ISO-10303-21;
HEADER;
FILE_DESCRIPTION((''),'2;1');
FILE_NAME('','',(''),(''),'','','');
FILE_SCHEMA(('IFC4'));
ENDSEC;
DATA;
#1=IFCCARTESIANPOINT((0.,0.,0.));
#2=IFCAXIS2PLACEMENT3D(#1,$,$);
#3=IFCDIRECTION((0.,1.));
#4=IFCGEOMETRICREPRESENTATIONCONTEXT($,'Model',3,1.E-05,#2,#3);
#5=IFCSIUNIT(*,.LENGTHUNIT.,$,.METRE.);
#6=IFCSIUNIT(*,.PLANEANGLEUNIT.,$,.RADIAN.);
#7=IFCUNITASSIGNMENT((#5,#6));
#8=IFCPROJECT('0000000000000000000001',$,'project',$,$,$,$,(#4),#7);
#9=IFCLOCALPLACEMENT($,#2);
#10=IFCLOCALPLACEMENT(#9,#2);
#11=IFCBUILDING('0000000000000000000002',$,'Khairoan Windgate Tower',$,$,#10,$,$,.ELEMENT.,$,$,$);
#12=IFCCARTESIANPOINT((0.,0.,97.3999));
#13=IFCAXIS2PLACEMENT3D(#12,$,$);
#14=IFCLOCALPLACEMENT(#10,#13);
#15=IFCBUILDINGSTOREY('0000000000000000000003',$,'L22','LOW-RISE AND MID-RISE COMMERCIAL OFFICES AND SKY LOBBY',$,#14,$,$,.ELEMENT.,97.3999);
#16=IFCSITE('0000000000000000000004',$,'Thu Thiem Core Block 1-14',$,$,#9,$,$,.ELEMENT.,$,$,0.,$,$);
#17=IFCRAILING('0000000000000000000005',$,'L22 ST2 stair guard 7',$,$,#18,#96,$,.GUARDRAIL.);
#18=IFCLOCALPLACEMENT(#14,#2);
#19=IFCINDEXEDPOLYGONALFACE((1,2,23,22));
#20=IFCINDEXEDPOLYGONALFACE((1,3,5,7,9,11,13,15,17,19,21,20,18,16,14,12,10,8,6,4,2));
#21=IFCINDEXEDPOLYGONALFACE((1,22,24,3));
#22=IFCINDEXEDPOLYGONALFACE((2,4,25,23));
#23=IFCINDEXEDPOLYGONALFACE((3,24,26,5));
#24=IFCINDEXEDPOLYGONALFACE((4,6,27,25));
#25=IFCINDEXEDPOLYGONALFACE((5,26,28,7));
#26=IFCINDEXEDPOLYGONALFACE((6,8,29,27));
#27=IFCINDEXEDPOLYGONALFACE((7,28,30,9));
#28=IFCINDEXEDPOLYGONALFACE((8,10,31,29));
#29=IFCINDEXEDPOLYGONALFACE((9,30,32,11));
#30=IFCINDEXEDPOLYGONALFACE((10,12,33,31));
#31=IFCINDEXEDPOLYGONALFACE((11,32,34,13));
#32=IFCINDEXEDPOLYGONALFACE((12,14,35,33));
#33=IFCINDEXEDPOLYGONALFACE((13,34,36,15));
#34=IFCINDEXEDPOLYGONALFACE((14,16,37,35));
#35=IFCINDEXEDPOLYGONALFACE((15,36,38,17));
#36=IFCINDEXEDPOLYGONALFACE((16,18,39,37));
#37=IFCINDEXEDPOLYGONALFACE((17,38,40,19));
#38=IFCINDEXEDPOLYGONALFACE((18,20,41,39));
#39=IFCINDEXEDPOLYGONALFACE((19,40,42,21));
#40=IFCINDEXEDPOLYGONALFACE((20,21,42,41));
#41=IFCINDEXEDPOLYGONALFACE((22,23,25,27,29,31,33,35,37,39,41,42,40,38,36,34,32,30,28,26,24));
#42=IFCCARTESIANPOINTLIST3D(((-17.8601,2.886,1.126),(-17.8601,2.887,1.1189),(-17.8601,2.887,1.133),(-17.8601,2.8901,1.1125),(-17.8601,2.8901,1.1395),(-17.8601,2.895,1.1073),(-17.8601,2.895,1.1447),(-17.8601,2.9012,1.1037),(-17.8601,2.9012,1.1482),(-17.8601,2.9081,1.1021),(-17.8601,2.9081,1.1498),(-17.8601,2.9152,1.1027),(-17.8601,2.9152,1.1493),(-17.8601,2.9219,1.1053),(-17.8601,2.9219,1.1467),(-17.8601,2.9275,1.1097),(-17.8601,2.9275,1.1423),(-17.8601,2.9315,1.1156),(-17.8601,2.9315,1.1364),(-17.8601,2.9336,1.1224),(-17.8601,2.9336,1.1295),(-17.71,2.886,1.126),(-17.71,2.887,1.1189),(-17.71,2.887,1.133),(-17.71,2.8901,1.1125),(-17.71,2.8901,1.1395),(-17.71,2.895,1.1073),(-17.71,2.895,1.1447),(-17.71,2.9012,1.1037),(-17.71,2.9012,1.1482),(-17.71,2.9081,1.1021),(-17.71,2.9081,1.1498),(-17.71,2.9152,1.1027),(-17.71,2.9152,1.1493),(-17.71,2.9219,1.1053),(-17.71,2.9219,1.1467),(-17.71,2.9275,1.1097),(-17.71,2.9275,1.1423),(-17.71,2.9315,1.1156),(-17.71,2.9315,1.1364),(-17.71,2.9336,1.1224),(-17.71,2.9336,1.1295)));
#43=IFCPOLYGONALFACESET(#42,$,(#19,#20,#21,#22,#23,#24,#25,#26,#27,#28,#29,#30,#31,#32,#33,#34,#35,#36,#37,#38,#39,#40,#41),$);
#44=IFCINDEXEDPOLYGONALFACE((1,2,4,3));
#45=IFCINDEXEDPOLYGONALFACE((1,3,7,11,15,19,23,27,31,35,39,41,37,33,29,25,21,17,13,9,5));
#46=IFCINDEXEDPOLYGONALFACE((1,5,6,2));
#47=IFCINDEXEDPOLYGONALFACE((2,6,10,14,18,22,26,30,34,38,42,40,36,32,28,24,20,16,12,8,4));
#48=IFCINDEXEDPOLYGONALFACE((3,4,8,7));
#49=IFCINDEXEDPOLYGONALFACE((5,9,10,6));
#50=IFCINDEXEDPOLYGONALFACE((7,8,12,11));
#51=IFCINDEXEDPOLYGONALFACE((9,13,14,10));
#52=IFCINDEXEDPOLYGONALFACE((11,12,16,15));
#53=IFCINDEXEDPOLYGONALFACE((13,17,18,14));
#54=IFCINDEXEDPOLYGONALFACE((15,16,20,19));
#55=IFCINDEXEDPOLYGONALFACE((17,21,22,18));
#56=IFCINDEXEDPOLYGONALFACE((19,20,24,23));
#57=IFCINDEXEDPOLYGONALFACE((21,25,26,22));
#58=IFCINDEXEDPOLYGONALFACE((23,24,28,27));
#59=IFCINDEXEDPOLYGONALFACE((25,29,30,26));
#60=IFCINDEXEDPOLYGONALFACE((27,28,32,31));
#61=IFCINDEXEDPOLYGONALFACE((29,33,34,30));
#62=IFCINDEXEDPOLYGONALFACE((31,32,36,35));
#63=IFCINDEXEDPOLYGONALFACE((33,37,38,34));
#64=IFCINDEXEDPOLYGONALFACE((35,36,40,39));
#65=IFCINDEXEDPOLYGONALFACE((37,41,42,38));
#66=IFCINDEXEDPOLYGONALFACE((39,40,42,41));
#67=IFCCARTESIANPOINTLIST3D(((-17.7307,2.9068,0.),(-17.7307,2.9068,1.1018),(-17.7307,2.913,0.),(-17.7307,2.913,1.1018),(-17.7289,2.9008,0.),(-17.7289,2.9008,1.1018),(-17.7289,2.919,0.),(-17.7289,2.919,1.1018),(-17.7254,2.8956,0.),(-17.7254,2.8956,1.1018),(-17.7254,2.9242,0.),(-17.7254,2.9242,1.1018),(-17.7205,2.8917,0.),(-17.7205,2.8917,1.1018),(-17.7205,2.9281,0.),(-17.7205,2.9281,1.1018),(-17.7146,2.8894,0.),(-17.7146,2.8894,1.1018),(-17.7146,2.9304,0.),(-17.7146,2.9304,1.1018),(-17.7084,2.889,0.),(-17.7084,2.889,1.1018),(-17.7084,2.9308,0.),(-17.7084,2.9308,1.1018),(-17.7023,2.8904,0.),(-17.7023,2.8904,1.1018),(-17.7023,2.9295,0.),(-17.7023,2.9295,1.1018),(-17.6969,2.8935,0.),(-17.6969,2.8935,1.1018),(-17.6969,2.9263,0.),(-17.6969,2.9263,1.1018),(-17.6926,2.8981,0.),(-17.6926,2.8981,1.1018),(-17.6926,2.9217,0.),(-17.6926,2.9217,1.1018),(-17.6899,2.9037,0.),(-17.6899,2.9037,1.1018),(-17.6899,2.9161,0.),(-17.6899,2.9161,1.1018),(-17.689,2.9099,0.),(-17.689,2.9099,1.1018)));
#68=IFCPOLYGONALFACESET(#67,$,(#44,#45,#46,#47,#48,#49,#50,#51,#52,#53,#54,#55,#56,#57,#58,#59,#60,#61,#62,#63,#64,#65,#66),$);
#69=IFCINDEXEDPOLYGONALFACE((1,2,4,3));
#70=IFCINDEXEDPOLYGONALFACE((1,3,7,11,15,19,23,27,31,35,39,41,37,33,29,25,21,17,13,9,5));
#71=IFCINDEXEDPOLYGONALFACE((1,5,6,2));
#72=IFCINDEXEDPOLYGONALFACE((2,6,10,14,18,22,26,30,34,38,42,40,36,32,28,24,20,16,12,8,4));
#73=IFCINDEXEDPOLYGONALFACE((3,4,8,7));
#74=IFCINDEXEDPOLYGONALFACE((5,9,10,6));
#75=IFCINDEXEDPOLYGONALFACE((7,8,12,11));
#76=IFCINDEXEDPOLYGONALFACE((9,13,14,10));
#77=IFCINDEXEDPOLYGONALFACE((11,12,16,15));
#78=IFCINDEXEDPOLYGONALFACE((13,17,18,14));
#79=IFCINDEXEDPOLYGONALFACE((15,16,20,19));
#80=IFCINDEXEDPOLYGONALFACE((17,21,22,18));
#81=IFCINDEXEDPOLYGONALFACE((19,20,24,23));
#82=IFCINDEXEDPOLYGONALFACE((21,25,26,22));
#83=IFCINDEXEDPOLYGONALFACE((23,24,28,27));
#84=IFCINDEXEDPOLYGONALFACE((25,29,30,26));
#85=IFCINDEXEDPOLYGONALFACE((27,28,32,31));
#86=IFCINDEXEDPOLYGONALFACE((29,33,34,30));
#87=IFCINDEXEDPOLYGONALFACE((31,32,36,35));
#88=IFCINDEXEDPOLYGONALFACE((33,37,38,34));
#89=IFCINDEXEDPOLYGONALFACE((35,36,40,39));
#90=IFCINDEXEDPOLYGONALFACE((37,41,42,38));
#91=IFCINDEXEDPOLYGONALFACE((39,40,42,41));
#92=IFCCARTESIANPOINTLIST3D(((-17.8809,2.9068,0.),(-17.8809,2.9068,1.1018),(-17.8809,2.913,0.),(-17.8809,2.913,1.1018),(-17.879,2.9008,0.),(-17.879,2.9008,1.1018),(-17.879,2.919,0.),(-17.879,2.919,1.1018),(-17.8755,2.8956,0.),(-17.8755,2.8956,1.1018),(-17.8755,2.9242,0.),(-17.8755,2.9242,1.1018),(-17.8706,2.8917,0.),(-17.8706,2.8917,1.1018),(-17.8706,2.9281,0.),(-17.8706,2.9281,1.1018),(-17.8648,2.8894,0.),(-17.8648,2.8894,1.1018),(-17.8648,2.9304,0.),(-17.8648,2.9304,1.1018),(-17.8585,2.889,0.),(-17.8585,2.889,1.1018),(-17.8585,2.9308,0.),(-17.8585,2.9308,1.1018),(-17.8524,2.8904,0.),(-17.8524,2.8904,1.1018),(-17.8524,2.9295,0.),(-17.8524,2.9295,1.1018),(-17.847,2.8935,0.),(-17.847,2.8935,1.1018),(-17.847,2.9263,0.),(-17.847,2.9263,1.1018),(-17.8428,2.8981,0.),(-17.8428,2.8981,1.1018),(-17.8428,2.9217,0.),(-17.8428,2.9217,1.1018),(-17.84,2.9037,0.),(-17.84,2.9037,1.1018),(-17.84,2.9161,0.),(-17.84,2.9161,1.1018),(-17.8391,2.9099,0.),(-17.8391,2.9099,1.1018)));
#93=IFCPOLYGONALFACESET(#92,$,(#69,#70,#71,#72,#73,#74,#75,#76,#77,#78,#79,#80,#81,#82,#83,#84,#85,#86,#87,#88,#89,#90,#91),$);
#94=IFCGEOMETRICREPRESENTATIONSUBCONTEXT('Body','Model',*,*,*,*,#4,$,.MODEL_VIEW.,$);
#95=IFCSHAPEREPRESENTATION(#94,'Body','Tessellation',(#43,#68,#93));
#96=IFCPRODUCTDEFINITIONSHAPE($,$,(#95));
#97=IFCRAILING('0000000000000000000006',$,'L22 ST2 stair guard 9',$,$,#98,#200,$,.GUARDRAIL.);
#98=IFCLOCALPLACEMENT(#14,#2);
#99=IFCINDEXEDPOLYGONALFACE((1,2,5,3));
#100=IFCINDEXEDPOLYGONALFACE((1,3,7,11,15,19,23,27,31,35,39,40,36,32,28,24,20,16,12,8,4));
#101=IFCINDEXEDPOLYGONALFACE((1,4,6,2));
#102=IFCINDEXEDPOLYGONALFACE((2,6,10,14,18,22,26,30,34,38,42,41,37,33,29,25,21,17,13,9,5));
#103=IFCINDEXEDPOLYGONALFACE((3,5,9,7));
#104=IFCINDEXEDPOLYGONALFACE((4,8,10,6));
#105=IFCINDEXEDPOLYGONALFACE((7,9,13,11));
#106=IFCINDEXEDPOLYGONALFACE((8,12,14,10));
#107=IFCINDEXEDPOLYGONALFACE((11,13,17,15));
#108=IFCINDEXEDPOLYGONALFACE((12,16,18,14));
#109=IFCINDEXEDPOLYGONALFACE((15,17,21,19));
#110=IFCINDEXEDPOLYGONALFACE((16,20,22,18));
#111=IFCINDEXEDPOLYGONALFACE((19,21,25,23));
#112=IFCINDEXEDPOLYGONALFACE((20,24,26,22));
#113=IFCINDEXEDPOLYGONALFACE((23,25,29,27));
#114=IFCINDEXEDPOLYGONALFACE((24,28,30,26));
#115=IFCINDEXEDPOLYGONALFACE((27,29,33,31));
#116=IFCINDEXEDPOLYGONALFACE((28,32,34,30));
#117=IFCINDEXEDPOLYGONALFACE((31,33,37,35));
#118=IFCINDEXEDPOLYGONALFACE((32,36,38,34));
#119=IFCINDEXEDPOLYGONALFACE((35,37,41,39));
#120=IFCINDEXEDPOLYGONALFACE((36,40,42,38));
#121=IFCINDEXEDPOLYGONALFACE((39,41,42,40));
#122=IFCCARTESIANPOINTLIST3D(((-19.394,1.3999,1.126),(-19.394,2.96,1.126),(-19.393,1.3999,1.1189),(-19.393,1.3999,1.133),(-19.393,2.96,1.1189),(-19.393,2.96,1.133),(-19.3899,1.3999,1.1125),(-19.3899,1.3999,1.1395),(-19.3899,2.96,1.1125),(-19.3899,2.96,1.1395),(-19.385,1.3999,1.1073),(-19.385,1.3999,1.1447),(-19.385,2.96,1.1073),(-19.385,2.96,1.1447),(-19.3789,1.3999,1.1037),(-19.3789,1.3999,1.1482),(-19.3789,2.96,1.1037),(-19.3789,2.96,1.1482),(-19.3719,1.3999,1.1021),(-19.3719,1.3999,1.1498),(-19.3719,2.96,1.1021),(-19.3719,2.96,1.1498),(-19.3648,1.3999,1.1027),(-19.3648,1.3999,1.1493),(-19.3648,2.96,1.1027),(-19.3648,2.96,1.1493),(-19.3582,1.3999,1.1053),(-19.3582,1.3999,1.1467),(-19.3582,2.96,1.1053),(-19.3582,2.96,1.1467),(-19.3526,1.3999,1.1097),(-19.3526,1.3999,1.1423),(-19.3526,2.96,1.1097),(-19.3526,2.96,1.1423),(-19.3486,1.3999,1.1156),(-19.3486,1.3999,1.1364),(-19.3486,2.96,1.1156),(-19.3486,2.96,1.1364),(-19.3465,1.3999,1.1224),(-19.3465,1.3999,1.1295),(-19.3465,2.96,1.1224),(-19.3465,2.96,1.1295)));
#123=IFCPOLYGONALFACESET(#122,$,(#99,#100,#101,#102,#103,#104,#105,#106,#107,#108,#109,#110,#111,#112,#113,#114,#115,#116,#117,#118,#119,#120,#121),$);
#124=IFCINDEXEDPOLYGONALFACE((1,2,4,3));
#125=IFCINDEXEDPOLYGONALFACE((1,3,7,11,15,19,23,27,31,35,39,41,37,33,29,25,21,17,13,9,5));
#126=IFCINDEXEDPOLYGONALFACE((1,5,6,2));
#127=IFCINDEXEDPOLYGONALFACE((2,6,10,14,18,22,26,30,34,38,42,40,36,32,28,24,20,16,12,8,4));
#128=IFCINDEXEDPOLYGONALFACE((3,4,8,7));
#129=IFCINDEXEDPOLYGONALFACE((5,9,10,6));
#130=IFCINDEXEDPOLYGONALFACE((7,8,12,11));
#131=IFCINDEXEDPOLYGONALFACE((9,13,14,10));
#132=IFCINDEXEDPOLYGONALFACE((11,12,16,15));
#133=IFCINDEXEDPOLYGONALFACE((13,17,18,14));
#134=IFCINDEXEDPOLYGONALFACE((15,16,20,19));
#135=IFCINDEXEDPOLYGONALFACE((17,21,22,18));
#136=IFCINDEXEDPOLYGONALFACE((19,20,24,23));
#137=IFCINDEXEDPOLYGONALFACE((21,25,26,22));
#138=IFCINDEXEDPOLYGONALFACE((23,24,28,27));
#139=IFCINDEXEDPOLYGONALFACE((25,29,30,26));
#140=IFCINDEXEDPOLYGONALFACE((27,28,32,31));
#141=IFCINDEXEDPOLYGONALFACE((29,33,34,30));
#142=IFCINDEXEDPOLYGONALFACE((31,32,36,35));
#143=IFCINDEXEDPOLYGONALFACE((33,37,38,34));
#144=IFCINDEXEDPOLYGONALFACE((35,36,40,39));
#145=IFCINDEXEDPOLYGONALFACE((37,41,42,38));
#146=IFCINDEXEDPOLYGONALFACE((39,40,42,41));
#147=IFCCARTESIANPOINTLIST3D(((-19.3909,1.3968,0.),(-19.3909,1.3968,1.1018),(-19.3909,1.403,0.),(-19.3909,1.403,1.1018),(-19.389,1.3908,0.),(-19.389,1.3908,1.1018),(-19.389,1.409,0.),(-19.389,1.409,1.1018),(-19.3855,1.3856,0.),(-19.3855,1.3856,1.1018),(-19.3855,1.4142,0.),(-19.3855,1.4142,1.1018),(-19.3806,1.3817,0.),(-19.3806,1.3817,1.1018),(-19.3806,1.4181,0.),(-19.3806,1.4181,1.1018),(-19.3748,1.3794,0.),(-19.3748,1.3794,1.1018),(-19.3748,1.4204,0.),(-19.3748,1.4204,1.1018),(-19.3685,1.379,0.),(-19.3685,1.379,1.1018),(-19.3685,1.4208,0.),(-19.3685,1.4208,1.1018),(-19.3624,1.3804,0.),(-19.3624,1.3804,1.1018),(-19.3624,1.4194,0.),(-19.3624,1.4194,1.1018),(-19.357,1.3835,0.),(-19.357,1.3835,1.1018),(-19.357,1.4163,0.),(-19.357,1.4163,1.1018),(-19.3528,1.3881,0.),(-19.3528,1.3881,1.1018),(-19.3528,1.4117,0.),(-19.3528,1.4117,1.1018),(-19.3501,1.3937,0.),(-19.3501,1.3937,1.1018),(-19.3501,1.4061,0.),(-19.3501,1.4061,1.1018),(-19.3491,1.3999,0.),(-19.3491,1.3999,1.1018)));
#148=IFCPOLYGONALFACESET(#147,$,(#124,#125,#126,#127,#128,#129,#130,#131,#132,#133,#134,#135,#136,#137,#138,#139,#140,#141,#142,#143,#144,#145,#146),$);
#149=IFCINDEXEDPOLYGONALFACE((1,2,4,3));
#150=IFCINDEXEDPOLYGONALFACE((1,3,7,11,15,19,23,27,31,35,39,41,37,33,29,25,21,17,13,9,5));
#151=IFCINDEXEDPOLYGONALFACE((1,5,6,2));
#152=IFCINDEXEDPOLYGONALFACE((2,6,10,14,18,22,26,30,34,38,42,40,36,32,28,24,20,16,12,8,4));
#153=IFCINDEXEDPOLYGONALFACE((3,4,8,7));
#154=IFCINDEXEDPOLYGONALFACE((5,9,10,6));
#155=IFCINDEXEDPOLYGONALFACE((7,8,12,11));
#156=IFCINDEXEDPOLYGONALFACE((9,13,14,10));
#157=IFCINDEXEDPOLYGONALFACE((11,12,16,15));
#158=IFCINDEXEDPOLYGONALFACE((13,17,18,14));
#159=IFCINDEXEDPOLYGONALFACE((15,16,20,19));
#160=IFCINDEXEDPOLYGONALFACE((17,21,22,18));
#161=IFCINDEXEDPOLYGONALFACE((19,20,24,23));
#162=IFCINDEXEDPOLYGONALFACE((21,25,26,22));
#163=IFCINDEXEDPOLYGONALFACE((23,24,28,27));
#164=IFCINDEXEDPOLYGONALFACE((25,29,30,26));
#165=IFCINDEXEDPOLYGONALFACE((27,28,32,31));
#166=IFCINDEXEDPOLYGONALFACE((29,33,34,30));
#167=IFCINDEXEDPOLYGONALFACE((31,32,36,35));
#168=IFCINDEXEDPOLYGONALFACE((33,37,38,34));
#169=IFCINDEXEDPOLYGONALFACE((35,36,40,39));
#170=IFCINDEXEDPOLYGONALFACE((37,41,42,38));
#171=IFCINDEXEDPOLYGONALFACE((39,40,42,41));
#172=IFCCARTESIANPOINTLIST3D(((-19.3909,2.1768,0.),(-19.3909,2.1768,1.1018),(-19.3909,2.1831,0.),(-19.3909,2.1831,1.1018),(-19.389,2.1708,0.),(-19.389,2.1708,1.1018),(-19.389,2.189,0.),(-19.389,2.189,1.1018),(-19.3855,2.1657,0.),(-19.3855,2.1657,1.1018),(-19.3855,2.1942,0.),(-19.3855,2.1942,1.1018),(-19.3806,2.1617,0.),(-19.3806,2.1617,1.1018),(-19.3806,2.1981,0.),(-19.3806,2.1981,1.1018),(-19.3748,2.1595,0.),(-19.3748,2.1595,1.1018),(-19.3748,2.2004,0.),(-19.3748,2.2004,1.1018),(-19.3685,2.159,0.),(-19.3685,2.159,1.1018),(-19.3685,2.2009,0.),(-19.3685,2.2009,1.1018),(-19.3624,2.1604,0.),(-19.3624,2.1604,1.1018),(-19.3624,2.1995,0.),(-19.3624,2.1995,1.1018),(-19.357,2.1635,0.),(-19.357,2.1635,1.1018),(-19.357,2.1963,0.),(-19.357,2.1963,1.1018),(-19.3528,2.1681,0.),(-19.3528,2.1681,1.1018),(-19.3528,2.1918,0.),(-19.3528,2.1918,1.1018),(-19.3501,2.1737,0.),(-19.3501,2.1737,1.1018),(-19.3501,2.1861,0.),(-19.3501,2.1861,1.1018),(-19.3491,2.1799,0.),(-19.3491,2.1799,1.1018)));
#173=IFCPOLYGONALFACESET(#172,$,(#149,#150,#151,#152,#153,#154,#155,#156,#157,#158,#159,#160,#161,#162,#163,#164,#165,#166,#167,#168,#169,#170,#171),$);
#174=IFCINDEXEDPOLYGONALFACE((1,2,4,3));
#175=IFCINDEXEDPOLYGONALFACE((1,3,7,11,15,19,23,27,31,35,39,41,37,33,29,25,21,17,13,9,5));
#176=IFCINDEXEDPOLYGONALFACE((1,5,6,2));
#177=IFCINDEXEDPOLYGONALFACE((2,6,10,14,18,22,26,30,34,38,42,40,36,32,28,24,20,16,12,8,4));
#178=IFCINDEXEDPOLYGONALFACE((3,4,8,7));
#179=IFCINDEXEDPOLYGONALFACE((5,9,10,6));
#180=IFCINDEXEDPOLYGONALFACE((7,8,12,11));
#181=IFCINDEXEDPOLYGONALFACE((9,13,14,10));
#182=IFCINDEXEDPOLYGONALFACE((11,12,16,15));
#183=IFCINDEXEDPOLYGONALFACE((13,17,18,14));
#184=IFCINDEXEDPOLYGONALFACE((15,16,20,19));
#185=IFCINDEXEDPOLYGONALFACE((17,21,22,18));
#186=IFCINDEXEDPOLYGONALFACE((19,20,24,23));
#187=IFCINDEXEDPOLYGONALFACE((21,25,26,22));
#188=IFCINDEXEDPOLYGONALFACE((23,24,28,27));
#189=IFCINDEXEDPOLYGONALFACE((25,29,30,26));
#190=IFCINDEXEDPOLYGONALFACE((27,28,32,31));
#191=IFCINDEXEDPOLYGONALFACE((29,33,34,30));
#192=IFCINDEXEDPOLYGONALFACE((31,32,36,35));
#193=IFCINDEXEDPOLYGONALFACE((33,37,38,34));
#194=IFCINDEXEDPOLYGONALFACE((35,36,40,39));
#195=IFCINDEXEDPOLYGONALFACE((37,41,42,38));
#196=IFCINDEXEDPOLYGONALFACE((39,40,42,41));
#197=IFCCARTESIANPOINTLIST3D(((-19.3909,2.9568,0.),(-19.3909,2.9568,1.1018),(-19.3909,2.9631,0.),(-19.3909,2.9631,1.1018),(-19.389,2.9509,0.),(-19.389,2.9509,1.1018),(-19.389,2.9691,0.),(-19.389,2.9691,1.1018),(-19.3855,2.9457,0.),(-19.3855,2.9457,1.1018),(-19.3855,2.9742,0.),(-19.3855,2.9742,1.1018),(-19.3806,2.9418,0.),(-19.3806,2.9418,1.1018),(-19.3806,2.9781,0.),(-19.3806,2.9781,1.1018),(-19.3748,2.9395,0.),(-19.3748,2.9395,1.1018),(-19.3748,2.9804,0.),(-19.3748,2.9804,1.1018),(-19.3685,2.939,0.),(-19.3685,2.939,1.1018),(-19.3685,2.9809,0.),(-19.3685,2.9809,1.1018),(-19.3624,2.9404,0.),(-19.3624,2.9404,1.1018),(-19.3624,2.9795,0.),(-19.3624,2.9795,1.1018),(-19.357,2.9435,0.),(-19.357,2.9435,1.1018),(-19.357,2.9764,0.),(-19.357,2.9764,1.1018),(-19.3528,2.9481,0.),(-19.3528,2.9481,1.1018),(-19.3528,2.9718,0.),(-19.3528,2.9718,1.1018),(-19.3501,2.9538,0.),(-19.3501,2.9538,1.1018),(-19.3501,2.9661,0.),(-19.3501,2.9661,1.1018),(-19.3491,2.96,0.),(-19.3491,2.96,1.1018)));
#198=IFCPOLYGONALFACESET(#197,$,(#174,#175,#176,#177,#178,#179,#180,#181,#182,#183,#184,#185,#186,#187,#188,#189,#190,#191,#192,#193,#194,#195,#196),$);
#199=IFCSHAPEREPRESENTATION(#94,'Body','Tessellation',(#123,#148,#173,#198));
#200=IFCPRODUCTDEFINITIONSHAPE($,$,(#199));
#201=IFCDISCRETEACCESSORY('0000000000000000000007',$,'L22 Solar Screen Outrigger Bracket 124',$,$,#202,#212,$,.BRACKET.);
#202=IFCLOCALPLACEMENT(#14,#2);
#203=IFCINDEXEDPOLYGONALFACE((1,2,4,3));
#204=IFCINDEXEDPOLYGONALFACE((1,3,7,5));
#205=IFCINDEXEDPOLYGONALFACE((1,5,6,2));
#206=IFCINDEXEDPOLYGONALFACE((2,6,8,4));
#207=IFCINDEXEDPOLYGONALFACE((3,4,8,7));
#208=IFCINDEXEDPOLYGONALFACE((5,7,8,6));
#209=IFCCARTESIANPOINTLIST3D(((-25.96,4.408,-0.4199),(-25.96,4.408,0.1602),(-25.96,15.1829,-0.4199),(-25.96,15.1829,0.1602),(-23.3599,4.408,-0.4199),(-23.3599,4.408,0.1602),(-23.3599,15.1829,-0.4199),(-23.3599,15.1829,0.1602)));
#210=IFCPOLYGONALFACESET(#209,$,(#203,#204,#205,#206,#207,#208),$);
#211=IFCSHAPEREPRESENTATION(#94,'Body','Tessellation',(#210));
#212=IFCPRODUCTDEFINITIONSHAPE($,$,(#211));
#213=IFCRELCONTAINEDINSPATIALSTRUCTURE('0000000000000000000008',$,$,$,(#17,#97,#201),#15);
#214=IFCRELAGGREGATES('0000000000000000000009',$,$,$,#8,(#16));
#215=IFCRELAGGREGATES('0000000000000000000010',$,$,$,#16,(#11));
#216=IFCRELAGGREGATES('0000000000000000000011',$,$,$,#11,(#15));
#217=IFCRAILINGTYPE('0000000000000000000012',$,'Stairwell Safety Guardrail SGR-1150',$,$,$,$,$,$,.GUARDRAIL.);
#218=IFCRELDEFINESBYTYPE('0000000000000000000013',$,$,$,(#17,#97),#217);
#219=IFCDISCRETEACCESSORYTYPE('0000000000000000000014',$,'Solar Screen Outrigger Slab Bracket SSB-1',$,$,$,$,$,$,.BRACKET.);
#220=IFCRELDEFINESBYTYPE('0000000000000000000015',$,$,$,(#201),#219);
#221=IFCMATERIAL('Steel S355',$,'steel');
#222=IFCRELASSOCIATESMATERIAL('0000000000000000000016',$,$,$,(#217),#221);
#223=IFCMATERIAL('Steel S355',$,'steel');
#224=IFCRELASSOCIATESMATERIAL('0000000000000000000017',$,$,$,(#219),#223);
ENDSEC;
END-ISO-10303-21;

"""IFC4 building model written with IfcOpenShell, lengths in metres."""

from ifc_helpers import new_model, si_unit, direction, frame, origin, origin_2d, place, context, subcontext, project, spatial, rectangle, circle, extrude, material, type_object, element, save


model = new_model("IFC4")

# Units and contexts
model_context = context("Model", 3, precision=1e-05, world=origin(), true_north=direction((0.0, 1.0)))
body_context = subcontext(model_context, "Body", "Model", "MODEL_VIEW")
ifc_project = project(units=[si_unit("LENGTHUNIT", "METRE"), si_unit("PLANEANGLEUNIT", "RADIAN")], contexts=[model_context])

# Site, building, storey
site_placement = place(None, origin())
site = spatial("IfcSite", under=ifc_project, at=site_placement, Name="Thu Thiem Core Block 1-14", CompositionType="ELEMENT", RefElevation=0.0)
building_placement = place(site_placement, origin())
building = spatial("IfcBuilding", under=site, at=building_placement, Name="Khairoan Windgate Tower", CompositionType="ELEMENT")
storey_placement = place(building_placement, frame((0.0, 0.0, 97.3999)))
storey = spatial("IfcBuildingStorey", under=building, at=storey_placement, Name="L22", Description="LOW-RISE AND MID-RISE COMMERCIAL OFFICES AND SKY LOBBY", CompositionType="ELEMENT", Elevation=97.3999)

# Railings
ifc_material_1 = material(Name="Steel S355", Category="steel")
railing_type_1 = type_object("IfcRailingType", Name="Stairwell Safety Guardrail SGR-1150", PredefinedType="GUARDRAIL", material=ifc_material_1)
railing_1_placement = place(storey_placement, frame((-17.71, 2.9099, 0.0)))
element("IfcRailing", 1, at=railing_1_placement, inside=storey, type_object=railing_type_1, Name="L22 ST2 stair guard 7", PredefinedType="GUARDRAIL", context=body_context, shape_type="SweptSolid", body=[
    extrude(circle(Radius=0.0239, at=origin_2d()), frame((0.0, 0.0, 1.126), z_axis=(-1.0, 0.0, 0.0), x_axis=(0.0, -1.0, 0.0)), (0.0, 0.0, 1.0), 0.1501),
    extrude(circle(Radius=0.021, at=origin_2d()), origin(), (0.0, 0.0, 1.0), 1.1018),
    extrude(circle(Radius=0.021, at=origin_2d()), frame((-0.1501, 0.0, 0.0)), (0.0, 0.0, 1.0), 1.1018),
])
railing_2_placement = place(storey_placement, frame((-19.3701, 1.3999, 0.0)))
element("IfcRailing", 2, at=railing_2_placement, inside=storey, type_object=railing_type_1, Name="L22 ST2 stair guard 9", PredefinedType="GUARDRAIL", context=body_context, shape_type="SweptSolid", body=[
    extrude(circle(Radius=0.0239, at=origin_2d()), frame((0.0, 0.0, 1.126), z_axis=(0.0, 1.0, 0.0), x_axis=(-1.0, 0.0, 0.0)), (0.0, 0.0, 1.0), 1.5601),
    extrude(circle(Radius=0.021, at=origin_2d()), origin(), (0.0, 0.0, 1.0), 1.1018),
    extrude(circle(Radius=0.021, at=origin_2d()), frame((0.0, 0.78, 0.0)), (0.0, 0.0, 1.0), 1.1018),
    extrude(circle(Radius=0.021, at=origin_2d()), frame((0.0, 1.5601, 0.0)), (0.0, 0.0, 1.0), 1.1018),
])

# Discrete accessory
ifc_material_2 = material(Name="Steel S355", Category="steel")
discrete_accessory_type = type_object("IfcDiscreteAccessoryType", Name="Solar Screen Outrigger Slab Bracket SSB-1", PredefinedType="BRACKET", material=ifc_material_2)
discrete_accessory_placement = place(storey_placement, frame((-24.6599, 9.7954, -0.4199), z_axis=(0.0, 0.0, 1.0), x_axis=(0.0, 1.0, 0.0)))
element("IfcDiscreteAccessory", 3, at=discrete_accessory_placement, inside=storey, type_object=discrete_accessory_type, Name="L22 Solar Screen Outrigger Bracket 124", PredefinedType="BRACKET", context=body_context, shape_type="SweptSolid", body=[
    extrude(rectangle(XDim=10.7749, YDim=2.6001, at=origin_2d()), origin(), (0.0, 0.0, 1.0), 0.5801),
])

save(model, "model.ifc")
